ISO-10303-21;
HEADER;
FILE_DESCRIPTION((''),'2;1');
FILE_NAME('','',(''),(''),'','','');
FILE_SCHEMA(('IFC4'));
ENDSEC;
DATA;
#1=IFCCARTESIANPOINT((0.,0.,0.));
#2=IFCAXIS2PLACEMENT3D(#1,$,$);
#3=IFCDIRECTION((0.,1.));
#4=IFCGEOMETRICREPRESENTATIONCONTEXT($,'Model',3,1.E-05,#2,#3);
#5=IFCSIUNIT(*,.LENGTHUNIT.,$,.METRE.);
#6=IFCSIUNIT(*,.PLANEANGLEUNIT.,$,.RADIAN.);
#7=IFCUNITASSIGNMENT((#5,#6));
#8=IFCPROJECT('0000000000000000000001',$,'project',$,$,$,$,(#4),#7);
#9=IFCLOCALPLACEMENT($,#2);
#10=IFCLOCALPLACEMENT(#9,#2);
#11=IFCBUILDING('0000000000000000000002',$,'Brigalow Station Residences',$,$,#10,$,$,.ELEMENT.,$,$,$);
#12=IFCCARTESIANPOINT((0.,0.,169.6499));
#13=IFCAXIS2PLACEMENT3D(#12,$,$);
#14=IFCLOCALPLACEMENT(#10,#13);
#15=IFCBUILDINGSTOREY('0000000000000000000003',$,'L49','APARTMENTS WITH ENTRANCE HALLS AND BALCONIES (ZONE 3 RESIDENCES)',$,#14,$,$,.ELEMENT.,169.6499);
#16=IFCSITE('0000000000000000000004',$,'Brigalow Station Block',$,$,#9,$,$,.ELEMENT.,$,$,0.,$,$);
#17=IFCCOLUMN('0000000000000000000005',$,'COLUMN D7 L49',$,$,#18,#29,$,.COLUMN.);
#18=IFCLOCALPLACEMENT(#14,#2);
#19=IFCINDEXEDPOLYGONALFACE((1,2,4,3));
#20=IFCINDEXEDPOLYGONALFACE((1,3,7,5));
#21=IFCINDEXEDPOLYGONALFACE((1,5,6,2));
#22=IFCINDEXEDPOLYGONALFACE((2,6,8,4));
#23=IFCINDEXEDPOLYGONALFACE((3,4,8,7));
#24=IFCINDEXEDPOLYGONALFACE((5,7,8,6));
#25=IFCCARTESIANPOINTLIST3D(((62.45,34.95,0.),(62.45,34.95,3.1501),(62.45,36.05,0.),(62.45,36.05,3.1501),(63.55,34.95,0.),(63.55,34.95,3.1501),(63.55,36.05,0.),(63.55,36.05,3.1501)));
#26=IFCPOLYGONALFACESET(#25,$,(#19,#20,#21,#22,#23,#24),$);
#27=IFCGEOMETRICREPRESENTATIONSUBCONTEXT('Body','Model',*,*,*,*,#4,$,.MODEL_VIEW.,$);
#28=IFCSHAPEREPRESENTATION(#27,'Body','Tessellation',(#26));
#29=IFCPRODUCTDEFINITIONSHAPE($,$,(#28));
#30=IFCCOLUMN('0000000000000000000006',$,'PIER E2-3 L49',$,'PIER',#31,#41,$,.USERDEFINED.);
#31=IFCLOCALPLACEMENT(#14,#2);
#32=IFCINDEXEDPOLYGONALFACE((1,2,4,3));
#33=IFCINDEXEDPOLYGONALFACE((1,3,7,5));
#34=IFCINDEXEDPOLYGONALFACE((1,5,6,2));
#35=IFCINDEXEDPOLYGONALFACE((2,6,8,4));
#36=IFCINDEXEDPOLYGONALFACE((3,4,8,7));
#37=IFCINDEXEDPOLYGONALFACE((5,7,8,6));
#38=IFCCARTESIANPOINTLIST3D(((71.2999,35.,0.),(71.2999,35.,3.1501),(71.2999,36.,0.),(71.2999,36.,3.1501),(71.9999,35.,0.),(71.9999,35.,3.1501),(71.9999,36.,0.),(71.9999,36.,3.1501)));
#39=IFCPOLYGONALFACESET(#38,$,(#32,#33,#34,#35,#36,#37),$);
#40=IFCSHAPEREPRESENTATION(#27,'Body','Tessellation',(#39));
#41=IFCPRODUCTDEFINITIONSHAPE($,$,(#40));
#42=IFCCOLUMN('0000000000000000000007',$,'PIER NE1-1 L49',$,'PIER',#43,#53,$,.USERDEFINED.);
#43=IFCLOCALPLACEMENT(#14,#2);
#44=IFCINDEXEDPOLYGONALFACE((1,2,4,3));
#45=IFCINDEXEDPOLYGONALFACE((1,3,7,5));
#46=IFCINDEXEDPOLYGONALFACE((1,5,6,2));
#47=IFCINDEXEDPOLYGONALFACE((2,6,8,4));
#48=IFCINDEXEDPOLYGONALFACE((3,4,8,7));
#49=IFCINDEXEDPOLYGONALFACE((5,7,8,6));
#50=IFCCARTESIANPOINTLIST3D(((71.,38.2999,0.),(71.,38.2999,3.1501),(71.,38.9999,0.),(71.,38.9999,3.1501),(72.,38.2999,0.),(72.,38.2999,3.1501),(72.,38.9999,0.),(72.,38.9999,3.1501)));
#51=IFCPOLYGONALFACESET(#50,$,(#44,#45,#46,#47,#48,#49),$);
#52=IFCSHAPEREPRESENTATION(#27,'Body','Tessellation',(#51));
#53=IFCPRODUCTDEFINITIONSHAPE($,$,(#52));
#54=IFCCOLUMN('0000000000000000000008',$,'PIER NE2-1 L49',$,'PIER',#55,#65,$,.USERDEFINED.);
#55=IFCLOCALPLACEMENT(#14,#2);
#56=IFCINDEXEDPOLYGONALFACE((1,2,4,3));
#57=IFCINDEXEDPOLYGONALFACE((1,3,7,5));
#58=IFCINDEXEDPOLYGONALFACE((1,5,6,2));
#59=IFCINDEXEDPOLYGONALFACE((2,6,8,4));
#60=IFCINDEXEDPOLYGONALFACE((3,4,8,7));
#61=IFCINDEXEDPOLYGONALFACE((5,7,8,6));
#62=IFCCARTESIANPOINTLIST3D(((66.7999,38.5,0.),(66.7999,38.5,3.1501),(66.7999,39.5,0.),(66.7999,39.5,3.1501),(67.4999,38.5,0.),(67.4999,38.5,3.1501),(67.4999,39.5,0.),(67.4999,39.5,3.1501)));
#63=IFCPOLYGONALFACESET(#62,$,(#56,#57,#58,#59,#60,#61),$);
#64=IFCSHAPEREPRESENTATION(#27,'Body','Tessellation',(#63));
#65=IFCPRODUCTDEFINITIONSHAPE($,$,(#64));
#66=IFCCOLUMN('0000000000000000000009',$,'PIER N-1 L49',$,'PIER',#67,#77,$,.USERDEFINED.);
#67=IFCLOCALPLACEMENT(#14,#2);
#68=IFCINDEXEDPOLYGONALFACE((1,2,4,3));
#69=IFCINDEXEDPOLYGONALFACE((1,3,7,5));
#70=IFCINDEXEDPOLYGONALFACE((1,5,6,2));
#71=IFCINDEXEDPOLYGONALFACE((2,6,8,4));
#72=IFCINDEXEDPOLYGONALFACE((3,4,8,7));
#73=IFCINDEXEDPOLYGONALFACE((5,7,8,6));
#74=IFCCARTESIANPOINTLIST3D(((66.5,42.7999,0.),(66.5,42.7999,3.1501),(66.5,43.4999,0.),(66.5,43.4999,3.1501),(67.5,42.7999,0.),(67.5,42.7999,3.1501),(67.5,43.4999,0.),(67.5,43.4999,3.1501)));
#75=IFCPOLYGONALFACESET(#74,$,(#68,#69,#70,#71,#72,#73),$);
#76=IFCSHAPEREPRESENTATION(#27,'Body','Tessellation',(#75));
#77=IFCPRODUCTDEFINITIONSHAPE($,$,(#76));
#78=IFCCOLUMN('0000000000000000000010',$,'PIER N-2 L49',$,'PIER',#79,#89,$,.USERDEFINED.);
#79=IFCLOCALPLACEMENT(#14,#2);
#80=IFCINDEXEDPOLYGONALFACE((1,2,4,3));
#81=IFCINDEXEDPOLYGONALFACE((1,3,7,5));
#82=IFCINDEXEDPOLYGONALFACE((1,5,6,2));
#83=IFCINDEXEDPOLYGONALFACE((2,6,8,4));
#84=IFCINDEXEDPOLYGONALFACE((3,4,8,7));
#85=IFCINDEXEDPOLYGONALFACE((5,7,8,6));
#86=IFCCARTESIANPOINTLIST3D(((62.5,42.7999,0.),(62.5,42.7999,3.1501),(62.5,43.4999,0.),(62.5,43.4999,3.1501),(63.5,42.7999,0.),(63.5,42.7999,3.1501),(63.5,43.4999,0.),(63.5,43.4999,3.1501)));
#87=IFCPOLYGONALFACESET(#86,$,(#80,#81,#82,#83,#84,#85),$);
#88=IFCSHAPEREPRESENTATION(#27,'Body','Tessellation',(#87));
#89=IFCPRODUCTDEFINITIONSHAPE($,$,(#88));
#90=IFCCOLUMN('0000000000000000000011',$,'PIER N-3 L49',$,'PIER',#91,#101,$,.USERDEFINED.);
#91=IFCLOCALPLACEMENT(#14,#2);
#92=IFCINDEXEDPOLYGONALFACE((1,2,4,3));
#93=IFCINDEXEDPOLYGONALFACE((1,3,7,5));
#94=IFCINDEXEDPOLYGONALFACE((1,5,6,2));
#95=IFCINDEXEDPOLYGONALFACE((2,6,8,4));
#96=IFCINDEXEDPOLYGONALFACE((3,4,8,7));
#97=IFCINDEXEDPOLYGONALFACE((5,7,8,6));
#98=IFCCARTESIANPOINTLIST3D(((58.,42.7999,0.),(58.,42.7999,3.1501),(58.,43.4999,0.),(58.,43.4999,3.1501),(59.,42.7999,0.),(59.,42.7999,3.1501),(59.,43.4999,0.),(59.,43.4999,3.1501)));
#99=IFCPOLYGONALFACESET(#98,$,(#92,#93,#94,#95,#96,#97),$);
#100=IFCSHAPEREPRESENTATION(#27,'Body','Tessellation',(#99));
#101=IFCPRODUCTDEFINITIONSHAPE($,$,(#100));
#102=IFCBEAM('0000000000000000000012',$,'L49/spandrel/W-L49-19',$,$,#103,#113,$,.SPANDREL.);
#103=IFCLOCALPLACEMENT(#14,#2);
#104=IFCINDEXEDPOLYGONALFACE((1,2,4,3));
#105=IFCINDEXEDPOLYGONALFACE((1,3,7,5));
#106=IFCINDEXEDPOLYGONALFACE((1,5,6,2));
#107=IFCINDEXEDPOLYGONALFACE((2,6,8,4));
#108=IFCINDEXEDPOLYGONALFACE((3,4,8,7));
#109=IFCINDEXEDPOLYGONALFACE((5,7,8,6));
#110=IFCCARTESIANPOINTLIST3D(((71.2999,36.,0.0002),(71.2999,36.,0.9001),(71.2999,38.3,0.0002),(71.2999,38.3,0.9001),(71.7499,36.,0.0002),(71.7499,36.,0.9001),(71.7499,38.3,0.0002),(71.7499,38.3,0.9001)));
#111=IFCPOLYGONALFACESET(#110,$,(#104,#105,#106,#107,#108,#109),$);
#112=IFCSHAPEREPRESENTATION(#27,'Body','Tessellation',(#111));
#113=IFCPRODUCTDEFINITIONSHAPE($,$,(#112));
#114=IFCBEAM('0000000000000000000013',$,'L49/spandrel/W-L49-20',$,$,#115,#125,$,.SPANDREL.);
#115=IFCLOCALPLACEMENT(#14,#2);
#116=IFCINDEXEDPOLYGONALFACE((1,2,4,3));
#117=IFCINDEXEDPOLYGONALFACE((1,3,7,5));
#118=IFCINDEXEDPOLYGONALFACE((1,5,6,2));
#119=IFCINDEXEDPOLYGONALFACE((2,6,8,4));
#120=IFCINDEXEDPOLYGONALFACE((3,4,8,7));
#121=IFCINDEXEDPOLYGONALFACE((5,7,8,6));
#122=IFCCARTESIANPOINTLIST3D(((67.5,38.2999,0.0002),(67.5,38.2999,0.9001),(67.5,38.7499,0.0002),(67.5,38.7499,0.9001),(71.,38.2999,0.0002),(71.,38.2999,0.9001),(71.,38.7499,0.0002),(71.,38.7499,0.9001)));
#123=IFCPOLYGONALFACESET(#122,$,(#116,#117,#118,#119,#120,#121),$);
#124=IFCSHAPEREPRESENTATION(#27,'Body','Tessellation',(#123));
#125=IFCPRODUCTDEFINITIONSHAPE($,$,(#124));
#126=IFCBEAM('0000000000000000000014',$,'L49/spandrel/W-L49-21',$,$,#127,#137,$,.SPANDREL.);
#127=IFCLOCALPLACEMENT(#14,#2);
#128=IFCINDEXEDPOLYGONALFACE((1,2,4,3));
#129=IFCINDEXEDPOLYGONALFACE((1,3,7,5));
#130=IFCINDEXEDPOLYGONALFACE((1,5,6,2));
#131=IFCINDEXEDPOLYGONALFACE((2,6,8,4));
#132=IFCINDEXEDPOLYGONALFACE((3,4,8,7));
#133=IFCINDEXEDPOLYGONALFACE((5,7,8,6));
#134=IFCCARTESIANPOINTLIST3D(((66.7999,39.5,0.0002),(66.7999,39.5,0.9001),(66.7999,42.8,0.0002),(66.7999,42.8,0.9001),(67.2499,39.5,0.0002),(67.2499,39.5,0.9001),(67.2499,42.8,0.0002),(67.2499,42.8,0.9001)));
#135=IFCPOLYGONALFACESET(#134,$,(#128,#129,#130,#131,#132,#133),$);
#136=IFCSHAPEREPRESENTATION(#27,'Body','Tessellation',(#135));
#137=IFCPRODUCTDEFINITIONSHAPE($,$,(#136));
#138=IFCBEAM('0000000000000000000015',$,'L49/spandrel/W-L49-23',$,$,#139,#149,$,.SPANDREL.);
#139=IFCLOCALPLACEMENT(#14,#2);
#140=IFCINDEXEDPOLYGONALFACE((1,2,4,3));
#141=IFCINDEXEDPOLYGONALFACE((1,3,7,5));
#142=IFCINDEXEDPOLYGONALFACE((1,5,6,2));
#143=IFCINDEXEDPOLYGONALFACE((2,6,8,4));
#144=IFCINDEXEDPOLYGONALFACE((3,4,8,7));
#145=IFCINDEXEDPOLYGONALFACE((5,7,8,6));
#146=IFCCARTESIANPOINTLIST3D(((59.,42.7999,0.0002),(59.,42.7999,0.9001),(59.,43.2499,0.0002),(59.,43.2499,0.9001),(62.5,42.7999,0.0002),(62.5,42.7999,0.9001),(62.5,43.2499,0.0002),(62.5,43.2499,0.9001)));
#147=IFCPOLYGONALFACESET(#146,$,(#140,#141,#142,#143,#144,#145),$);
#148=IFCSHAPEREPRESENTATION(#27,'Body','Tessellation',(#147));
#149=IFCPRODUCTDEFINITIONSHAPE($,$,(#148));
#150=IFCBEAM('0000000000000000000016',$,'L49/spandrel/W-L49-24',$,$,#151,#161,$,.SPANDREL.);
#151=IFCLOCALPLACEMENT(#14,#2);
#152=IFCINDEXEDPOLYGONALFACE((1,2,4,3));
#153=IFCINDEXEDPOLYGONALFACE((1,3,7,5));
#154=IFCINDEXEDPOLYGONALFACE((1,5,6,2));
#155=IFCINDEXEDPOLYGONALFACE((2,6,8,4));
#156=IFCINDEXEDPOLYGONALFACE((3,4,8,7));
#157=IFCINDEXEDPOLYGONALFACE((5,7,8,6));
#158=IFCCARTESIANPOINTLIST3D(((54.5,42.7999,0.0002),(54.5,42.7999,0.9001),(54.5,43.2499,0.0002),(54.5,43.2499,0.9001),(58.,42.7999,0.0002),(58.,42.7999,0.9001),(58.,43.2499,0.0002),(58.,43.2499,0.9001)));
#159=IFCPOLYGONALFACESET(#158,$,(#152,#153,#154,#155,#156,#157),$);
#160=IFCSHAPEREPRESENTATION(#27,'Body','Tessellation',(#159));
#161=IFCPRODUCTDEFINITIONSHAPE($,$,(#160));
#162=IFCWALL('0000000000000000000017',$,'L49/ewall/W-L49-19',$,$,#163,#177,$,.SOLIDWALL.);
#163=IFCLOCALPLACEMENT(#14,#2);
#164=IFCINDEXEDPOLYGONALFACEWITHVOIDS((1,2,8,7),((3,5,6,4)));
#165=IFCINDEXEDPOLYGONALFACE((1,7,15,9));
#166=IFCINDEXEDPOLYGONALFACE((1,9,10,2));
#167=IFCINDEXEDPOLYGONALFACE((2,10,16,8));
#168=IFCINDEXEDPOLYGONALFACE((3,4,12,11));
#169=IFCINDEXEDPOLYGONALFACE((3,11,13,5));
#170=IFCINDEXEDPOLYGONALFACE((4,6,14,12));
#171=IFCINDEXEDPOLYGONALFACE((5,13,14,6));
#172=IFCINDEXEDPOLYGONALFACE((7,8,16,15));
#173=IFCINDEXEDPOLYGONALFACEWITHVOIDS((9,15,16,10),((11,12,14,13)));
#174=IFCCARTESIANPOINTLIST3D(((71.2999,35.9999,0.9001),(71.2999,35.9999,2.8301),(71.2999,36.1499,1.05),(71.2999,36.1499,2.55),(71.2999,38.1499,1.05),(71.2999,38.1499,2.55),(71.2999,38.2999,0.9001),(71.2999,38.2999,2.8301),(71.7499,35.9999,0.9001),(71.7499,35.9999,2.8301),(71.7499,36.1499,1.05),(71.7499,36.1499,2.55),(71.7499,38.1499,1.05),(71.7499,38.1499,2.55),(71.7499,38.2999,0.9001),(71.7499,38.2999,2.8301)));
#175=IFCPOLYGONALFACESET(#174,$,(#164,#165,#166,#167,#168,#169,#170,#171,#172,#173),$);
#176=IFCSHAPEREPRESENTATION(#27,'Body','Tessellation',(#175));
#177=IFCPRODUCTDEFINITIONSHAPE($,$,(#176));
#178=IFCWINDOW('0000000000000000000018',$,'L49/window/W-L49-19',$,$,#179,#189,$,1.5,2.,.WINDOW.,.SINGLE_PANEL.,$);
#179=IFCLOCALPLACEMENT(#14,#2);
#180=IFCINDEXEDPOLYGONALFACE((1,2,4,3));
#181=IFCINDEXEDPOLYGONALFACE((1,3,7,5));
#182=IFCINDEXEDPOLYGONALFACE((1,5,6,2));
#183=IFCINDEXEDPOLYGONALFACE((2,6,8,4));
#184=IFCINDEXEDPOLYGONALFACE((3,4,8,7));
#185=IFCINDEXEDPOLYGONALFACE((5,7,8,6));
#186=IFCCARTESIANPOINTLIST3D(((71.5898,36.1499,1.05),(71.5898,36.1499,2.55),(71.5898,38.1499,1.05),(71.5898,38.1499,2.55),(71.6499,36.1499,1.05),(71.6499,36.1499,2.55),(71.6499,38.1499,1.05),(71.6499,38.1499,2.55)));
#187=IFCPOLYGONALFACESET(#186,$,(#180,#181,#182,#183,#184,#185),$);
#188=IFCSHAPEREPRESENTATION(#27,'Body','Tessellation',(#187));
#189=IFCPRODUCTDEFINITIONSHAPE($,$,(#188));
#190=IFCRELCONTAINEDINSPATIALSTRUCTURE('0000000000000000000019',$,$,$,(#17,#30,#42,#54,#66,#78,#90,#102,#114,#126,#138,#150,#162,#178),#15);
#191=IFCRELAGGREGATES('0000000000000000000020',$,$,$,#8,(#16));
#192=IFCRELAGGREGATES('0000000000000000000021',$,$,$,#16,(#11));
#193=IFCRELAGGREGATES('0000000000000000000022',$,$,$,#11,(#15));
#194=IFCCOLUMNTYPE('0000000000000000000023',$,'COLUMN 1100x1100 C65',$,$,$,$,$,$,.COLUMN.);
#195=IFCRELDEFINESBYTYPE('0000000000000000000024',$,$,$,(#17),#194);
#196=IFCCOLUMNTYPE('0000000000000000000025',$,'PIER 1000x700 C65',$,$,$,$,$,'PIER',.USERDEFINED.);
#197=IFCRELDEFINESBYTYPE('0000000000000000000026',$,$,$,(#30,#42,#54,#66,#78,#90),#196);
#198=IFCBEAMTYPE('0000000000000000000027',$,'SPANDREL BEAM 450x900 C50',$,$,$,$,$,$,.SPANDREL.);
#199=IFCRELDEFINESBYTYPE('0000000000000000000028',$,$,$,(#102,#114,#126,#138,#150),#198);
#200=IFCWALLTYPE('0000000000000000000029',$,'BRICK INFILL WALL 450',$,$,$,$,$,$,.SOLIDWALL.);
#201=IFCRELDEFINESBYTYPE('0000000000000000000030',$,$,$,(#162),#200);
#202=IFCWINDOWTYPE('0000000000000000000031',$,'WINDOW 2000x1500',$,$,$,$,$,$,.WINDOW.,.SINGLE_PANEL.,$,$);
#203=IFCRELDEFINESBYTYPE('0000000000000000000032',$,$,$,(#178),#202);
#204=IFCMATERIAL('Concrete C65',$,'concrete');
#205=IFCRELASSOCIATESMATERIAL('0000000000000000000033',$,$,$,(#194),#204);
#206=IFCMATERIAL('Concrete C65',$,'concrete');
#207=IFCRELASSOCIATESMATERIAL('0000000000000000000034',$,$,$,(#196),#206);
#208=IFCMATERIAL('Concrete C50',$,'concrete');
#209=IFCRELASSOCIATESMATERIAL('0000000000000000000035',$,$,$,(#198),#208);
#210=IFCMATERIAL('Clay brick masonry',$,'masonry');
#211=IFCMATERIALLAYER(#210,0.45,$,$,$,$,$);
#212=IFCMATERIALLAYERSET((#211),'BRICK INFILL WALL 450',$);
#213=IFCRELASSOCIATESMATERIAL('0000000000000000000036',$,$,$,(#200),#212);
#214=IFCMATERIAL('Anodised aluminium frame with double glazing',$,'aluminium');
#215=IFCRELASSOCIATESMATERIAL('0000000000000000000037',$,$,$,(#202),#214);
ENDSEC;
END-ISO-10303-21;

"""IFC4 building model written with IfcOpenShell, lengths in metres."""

from ifc_helpers import new_model, si_unit, direction, frame, frame_2d, origin, origin_2d, place, context, subcontext, project, spatial, rectangle, extrude, material, layer, layer_set, material_profile, profile_set, type_object, element, fill, save


model = new_model("IFC4")

# Units and contexts
model_context = context("Model", 3, precision=1e-05, world=origin(), true_north=direction((0.0, 1.0)))
body_context = subcontext(model_context, "Body", "Model", "MODEL_VIEW")
ifc_project = project(units=[si_unit("LENGTHUNIT", "METRE"), si_unit("PLANEANGLEUNIT", "RADIAN")], contexts=[model_context])

# Site, building, storey
site_placement = place(None, origin())
site = spatial("IfcSite", under=ifc_project, at=site_placement, Name="Brigalow Station Block", CompositionType="ELEMENT", RefElevation=0.0)
building_placement = place(site_placement, origin())
building = spatial("IfcBuilding", under=site, at=building_placement, Name="Brigalow Station Residences", CompositionType="ELEMENT")
storey_placement = place(building_placement, frame((0.0, 0.0, 169.6499)))
storey = spatial("IfcBuildingStorey", under=building, at=storey_placement, Name="L49", Description="APARTMENTS WITH ENTRANCE HALLS AND BALCONIES (ZONE 3 RESIDENCES)", CompositionType="ELEMENT", Elevation=169.6499)

# Columns
ifc_material_1 = material(Name="Concrete C65", Category="concrete")
ifc_material_profile_1 = material_profile(ifc_material_1, rectangle(XDim=1.1001, YDim=1.1001, at=origin_2d()), Name="RC1100x1100")
ifc_profile_set_1 = profile_set([ifc_material_profile_1], Name="Concrete C65")
column_type_1 = type_object("IfcColumnType", Name="COLUMN 1100x1100 C65", PredefinedType="COLUMN", material=ifc_profile_set_1)
column_placement = place(storey_placement, frame((63.0, 35.5, 0.0), z_axis=(0.0, 0.0, 1.0), x_axis=(1.0, 0.0, 0.0)))
element("IfcColumn", 1, at=column_placement, inside=storey, type_object=column_type_1, Name="COLUMN D7 L49", PredefinedType="COLUMN", context=body_context, shape_type="SweptSolid", body=[
    extrude(rectangle(XDim=1.1001, YDim=1.1001, at=origin_2d()), origin(), (0.0, 0.0, 1.0), 3.1501),
])
ifc_material_2 = material(Name="Concrete C65", Category="concrete")
ifc_material_profile_2 = material_profile(ifc_material_2, rectangle(XDim=1.0, YDim=0.7, at=origin_2d()), Name="RC1000x700")
ifc_profile_set_2 = profile_set([ifc_material_profile_2], Name="Concrete C65")
column_type_2 = type_object("IfcColumnType", Name="PIER 1000x700 C65", ElementType="PIER", PredefinedType="USERDEFINED", material=ifc_profile_set_2)
for number, where, z_axis, x_axis, name in (
    (2, (71.6499, 35.5, 0.0), (0.0, 0.0, 1.0), (0.0, 1.0, 0.0), "PIER E2-3 L49"),
    (3, (71.5, 38.6499, 0.0), (0.0, 0.0, 1.0), (-1.0, 0.0, 0.0), "PIER NE1-1 L49"),
    (4, (67.1499, 39.0, 0.0), (0.0, 0.0, 1.0), (0.0, 1.0, 0.0), "PIER NE2-1 L49"),
    (5, (67.0, 43.1499, 0.0), (0.0, 0.0, 1.0), (-1.0, 0.0, 0.0), "PIER N-1 L49"),
    (6, (63.0, 43.1499, 0.0), (0.0, 0.0, 1.0), (-1.0, 0.0, 0.0), "PIER N-2 L49"),
    (7, (58.5, 43.1499, 0.0), (0.0, 0.0, 1.0), (-1.0, 0.0, 0.0), "PIER N-3 L49"),
):
    element("IfcColumn", number, at=place(storey_placement, frame(where, z_axis=z_axis, x_axis=x_axis)), inside=storey, type_object=column_type_2, Name=name, ObjectType="PIER", PredefinedType="USERDEFINED", context=body_context, shape_type="SweptSolid", body=[
        extrude(rectangle(XDim=1.0, YDim=0.7, at=origin_2d()), origin(), (0.0, 0.0, 1.0), 3.1501),
    ])

# Beams
ifc_material_3 = material(Name="Concrete C50", Category="concrete")
ifc_material_profile_3 = material_profile(ifc_material_3, rectangle(XDim=0.45, YDim=0.8999, at=origin_2d()), Name="RC450x900")
ifc_profile_set_3 = profile_set([ifc_material_profile_3], Name="Concrete C50")
beam_type = type_object("IfcBeamType", Name="SPANDREL BEAM 450x900 C50", PredefinedType="SPANDREL", material=ifc_profile_set_3)
beam_1_placement = place(storey_placement, frame((71.5249, 36.0, 0.4502), z_axis=(0.0, 1.0, 0.0), x_axis=(-1.0, 0.0, 0.0)))
element("IfcBeam", 8, at=beam_1_placement, inside=storey, type_object=beam_type, Name="L49/spandrel/W-L49-19", PredefinedType="SPANDREL", context=body_context, shape_type="SweptSolid", body=[
    extrude(rectangle(XDim=0.45, YDim=0.8999, at=origin_2d()), origin(), (0.0, 0.0, 1.0), 2.3),
])
beam_2_placement = place(storey_placement, frame((71.0, 38.5249, 0.4502), z_axis=(-1.0, 0.0, 0.0), x_axis=(0.0, -1.0, 0.0)))
element("IfcBeam", 9, at=beam_2_placement, inside=storey, type_object=beam_type, Name="L49/spandrel/W-L49-20", PredefinedType="SPANDREL", context=body_context, shape_type="SweptSolid", body=[
    extrude(rectangle(XDim=0.45, YDim=0.8999, at=origin_2d()), origin(), (0.0, 0.0, 1.0), 3.5),
])
beam_3_placement = place(storey_placement, frame((67.0249, 39.5, 0.4502), z_axis=(0.0, 1.0, 0.0), x_axis=(-1.0, 0.0, 0.0)))
element("IfcBeam", 10, at=beam_3_placement, inside=storey, type_object=beam_type, Name="L49/spandrel/W-L49-21", PredefinedType="SPANDREL", context=body_context, shape_type="SweptSolid", body=[
    extrude(rectangle(XDim=0.45, YDim=0.8999, at=origin_2d()), origin(), (0.0, 0.0, 1.0), 3.3),
])
for number, where, z_axis, x_axis, name in (
    (11, (62.5, 43.0249, 0.4502), (-1.0, 0.0, 0.0), (0.0, -1.0, 0.0), "L49/spandrel/W-L49-23"),
    (12, (58.0, 43.0249, 0.4502), (-1.0, 0.0, 0.0), (0.0, -1.0, 0.0), "L49/spandrel/W-L49-24"),
):
    element("IfcBeam", number, at=place(storey_placement, frame(where, z_axis=z_axis, x_axis=x_axis)), inside=storey, type_object=beam_type, Name=name, PredefinedType="SPANDREL", context=body_context, shape_type="SweptSolid", body=[
        extrude(rectangle(XDim=0.45, YDim=0.8999, at=origin_2d()), origin(), (0.0, 0.0, 1.0), 3.5),
    ])

# Wall, opening, window
ifc_material_4 = material(Name="Clay brick masonry", Category="masonry")
ifc_layer_1 = layer(ifc_material_4, 0.45)
ifc_layer_set_1 = layer_set([ifc_layer_1], Name="BRICK INFILL WALL 450")
wall_type_1 = type_object("IfcWallType", Name="BRICK INFILL WALL 450", PredefinedType="SOLIDWALL", material=ifc_layer_set_1)
wall_1_placement = place(storey_placement, frame((71.5249, 36.0, 0.9001), z_axis=(0.0, 0.0, 1.0), x_axis=(0.0, 1.0, 0.0)))
wall_1 = element("IfcWall", 13, at=wall_1_placement, inside=storey, type_object=wall_type_1, Name="L49/ewall/W-L49-19", PredefinedType="SOLIDWALL", context=body_context, shape_type="SweptSolid", body=[
    extrude(rectangle(XDim=2.3, YDim=0.45, at=frame_2d((1.1499, 0.0))), origin(), (0.0, 0.0, 1.0), 1.9299),
])
opening_1_placement = place(wall_1_placement, frame((0.1499, 0.0, 0.1499)))
opening_1 = element("IfcOpeningElement", 14, at=opening_1_placement, cuts=wall_1, PredefinedType="OPENING", context=body_context, shape_type="SweptSolid", body=[
    extrude(rectangle(XDim=2.0, YDim=1.5, at=frame_2d((1.0, 0.75))), frame((0.0, 0.2349, 0.0), z_axis=(0.0, -1.0, 0.0), x_axis=(1.0, 0.0, 0.0)), (0.0, 0.0, 1.0), 0.47),
])
ifc_material_5 = material(Name="Anodised aluminium frame with double glazing", Category="aluminium")
window_type_1 = type_object("IfcWindowType", Name="WINDOW 2000x1500", PartitioningType="SINGLE_PANEL", PredefinedType="WINDOW", material=ifc_material_5)
window_1_placement = place(opening_1_placement, origin())
window_1 = element("IfcWindow", 15, at=window_1_placement, inside=storey, type_object=window_type_1, Name="L49/window/W-L49-19", OverallHeight=1.5, OverallWidth=2.0, PartitioningType="SINGLE_PANEL", PredefinedType="WINDOW", context=body_context, shape_type="SweptSolid", body=[
    extrude(rectangle(XDim=2.0, YDim=1.5, at=frame_2d((1.0, 0.75))), frame((0.0, -0.0649, 0.0), z_axis=(0.0, -1.0, 0.0), x_axis=(1.0, 0.0, 0.0)), (0.0, 0.0, 1.0), 0.0601),
])
fill(opening_1, window_1)

save(model, "model.ifc")
